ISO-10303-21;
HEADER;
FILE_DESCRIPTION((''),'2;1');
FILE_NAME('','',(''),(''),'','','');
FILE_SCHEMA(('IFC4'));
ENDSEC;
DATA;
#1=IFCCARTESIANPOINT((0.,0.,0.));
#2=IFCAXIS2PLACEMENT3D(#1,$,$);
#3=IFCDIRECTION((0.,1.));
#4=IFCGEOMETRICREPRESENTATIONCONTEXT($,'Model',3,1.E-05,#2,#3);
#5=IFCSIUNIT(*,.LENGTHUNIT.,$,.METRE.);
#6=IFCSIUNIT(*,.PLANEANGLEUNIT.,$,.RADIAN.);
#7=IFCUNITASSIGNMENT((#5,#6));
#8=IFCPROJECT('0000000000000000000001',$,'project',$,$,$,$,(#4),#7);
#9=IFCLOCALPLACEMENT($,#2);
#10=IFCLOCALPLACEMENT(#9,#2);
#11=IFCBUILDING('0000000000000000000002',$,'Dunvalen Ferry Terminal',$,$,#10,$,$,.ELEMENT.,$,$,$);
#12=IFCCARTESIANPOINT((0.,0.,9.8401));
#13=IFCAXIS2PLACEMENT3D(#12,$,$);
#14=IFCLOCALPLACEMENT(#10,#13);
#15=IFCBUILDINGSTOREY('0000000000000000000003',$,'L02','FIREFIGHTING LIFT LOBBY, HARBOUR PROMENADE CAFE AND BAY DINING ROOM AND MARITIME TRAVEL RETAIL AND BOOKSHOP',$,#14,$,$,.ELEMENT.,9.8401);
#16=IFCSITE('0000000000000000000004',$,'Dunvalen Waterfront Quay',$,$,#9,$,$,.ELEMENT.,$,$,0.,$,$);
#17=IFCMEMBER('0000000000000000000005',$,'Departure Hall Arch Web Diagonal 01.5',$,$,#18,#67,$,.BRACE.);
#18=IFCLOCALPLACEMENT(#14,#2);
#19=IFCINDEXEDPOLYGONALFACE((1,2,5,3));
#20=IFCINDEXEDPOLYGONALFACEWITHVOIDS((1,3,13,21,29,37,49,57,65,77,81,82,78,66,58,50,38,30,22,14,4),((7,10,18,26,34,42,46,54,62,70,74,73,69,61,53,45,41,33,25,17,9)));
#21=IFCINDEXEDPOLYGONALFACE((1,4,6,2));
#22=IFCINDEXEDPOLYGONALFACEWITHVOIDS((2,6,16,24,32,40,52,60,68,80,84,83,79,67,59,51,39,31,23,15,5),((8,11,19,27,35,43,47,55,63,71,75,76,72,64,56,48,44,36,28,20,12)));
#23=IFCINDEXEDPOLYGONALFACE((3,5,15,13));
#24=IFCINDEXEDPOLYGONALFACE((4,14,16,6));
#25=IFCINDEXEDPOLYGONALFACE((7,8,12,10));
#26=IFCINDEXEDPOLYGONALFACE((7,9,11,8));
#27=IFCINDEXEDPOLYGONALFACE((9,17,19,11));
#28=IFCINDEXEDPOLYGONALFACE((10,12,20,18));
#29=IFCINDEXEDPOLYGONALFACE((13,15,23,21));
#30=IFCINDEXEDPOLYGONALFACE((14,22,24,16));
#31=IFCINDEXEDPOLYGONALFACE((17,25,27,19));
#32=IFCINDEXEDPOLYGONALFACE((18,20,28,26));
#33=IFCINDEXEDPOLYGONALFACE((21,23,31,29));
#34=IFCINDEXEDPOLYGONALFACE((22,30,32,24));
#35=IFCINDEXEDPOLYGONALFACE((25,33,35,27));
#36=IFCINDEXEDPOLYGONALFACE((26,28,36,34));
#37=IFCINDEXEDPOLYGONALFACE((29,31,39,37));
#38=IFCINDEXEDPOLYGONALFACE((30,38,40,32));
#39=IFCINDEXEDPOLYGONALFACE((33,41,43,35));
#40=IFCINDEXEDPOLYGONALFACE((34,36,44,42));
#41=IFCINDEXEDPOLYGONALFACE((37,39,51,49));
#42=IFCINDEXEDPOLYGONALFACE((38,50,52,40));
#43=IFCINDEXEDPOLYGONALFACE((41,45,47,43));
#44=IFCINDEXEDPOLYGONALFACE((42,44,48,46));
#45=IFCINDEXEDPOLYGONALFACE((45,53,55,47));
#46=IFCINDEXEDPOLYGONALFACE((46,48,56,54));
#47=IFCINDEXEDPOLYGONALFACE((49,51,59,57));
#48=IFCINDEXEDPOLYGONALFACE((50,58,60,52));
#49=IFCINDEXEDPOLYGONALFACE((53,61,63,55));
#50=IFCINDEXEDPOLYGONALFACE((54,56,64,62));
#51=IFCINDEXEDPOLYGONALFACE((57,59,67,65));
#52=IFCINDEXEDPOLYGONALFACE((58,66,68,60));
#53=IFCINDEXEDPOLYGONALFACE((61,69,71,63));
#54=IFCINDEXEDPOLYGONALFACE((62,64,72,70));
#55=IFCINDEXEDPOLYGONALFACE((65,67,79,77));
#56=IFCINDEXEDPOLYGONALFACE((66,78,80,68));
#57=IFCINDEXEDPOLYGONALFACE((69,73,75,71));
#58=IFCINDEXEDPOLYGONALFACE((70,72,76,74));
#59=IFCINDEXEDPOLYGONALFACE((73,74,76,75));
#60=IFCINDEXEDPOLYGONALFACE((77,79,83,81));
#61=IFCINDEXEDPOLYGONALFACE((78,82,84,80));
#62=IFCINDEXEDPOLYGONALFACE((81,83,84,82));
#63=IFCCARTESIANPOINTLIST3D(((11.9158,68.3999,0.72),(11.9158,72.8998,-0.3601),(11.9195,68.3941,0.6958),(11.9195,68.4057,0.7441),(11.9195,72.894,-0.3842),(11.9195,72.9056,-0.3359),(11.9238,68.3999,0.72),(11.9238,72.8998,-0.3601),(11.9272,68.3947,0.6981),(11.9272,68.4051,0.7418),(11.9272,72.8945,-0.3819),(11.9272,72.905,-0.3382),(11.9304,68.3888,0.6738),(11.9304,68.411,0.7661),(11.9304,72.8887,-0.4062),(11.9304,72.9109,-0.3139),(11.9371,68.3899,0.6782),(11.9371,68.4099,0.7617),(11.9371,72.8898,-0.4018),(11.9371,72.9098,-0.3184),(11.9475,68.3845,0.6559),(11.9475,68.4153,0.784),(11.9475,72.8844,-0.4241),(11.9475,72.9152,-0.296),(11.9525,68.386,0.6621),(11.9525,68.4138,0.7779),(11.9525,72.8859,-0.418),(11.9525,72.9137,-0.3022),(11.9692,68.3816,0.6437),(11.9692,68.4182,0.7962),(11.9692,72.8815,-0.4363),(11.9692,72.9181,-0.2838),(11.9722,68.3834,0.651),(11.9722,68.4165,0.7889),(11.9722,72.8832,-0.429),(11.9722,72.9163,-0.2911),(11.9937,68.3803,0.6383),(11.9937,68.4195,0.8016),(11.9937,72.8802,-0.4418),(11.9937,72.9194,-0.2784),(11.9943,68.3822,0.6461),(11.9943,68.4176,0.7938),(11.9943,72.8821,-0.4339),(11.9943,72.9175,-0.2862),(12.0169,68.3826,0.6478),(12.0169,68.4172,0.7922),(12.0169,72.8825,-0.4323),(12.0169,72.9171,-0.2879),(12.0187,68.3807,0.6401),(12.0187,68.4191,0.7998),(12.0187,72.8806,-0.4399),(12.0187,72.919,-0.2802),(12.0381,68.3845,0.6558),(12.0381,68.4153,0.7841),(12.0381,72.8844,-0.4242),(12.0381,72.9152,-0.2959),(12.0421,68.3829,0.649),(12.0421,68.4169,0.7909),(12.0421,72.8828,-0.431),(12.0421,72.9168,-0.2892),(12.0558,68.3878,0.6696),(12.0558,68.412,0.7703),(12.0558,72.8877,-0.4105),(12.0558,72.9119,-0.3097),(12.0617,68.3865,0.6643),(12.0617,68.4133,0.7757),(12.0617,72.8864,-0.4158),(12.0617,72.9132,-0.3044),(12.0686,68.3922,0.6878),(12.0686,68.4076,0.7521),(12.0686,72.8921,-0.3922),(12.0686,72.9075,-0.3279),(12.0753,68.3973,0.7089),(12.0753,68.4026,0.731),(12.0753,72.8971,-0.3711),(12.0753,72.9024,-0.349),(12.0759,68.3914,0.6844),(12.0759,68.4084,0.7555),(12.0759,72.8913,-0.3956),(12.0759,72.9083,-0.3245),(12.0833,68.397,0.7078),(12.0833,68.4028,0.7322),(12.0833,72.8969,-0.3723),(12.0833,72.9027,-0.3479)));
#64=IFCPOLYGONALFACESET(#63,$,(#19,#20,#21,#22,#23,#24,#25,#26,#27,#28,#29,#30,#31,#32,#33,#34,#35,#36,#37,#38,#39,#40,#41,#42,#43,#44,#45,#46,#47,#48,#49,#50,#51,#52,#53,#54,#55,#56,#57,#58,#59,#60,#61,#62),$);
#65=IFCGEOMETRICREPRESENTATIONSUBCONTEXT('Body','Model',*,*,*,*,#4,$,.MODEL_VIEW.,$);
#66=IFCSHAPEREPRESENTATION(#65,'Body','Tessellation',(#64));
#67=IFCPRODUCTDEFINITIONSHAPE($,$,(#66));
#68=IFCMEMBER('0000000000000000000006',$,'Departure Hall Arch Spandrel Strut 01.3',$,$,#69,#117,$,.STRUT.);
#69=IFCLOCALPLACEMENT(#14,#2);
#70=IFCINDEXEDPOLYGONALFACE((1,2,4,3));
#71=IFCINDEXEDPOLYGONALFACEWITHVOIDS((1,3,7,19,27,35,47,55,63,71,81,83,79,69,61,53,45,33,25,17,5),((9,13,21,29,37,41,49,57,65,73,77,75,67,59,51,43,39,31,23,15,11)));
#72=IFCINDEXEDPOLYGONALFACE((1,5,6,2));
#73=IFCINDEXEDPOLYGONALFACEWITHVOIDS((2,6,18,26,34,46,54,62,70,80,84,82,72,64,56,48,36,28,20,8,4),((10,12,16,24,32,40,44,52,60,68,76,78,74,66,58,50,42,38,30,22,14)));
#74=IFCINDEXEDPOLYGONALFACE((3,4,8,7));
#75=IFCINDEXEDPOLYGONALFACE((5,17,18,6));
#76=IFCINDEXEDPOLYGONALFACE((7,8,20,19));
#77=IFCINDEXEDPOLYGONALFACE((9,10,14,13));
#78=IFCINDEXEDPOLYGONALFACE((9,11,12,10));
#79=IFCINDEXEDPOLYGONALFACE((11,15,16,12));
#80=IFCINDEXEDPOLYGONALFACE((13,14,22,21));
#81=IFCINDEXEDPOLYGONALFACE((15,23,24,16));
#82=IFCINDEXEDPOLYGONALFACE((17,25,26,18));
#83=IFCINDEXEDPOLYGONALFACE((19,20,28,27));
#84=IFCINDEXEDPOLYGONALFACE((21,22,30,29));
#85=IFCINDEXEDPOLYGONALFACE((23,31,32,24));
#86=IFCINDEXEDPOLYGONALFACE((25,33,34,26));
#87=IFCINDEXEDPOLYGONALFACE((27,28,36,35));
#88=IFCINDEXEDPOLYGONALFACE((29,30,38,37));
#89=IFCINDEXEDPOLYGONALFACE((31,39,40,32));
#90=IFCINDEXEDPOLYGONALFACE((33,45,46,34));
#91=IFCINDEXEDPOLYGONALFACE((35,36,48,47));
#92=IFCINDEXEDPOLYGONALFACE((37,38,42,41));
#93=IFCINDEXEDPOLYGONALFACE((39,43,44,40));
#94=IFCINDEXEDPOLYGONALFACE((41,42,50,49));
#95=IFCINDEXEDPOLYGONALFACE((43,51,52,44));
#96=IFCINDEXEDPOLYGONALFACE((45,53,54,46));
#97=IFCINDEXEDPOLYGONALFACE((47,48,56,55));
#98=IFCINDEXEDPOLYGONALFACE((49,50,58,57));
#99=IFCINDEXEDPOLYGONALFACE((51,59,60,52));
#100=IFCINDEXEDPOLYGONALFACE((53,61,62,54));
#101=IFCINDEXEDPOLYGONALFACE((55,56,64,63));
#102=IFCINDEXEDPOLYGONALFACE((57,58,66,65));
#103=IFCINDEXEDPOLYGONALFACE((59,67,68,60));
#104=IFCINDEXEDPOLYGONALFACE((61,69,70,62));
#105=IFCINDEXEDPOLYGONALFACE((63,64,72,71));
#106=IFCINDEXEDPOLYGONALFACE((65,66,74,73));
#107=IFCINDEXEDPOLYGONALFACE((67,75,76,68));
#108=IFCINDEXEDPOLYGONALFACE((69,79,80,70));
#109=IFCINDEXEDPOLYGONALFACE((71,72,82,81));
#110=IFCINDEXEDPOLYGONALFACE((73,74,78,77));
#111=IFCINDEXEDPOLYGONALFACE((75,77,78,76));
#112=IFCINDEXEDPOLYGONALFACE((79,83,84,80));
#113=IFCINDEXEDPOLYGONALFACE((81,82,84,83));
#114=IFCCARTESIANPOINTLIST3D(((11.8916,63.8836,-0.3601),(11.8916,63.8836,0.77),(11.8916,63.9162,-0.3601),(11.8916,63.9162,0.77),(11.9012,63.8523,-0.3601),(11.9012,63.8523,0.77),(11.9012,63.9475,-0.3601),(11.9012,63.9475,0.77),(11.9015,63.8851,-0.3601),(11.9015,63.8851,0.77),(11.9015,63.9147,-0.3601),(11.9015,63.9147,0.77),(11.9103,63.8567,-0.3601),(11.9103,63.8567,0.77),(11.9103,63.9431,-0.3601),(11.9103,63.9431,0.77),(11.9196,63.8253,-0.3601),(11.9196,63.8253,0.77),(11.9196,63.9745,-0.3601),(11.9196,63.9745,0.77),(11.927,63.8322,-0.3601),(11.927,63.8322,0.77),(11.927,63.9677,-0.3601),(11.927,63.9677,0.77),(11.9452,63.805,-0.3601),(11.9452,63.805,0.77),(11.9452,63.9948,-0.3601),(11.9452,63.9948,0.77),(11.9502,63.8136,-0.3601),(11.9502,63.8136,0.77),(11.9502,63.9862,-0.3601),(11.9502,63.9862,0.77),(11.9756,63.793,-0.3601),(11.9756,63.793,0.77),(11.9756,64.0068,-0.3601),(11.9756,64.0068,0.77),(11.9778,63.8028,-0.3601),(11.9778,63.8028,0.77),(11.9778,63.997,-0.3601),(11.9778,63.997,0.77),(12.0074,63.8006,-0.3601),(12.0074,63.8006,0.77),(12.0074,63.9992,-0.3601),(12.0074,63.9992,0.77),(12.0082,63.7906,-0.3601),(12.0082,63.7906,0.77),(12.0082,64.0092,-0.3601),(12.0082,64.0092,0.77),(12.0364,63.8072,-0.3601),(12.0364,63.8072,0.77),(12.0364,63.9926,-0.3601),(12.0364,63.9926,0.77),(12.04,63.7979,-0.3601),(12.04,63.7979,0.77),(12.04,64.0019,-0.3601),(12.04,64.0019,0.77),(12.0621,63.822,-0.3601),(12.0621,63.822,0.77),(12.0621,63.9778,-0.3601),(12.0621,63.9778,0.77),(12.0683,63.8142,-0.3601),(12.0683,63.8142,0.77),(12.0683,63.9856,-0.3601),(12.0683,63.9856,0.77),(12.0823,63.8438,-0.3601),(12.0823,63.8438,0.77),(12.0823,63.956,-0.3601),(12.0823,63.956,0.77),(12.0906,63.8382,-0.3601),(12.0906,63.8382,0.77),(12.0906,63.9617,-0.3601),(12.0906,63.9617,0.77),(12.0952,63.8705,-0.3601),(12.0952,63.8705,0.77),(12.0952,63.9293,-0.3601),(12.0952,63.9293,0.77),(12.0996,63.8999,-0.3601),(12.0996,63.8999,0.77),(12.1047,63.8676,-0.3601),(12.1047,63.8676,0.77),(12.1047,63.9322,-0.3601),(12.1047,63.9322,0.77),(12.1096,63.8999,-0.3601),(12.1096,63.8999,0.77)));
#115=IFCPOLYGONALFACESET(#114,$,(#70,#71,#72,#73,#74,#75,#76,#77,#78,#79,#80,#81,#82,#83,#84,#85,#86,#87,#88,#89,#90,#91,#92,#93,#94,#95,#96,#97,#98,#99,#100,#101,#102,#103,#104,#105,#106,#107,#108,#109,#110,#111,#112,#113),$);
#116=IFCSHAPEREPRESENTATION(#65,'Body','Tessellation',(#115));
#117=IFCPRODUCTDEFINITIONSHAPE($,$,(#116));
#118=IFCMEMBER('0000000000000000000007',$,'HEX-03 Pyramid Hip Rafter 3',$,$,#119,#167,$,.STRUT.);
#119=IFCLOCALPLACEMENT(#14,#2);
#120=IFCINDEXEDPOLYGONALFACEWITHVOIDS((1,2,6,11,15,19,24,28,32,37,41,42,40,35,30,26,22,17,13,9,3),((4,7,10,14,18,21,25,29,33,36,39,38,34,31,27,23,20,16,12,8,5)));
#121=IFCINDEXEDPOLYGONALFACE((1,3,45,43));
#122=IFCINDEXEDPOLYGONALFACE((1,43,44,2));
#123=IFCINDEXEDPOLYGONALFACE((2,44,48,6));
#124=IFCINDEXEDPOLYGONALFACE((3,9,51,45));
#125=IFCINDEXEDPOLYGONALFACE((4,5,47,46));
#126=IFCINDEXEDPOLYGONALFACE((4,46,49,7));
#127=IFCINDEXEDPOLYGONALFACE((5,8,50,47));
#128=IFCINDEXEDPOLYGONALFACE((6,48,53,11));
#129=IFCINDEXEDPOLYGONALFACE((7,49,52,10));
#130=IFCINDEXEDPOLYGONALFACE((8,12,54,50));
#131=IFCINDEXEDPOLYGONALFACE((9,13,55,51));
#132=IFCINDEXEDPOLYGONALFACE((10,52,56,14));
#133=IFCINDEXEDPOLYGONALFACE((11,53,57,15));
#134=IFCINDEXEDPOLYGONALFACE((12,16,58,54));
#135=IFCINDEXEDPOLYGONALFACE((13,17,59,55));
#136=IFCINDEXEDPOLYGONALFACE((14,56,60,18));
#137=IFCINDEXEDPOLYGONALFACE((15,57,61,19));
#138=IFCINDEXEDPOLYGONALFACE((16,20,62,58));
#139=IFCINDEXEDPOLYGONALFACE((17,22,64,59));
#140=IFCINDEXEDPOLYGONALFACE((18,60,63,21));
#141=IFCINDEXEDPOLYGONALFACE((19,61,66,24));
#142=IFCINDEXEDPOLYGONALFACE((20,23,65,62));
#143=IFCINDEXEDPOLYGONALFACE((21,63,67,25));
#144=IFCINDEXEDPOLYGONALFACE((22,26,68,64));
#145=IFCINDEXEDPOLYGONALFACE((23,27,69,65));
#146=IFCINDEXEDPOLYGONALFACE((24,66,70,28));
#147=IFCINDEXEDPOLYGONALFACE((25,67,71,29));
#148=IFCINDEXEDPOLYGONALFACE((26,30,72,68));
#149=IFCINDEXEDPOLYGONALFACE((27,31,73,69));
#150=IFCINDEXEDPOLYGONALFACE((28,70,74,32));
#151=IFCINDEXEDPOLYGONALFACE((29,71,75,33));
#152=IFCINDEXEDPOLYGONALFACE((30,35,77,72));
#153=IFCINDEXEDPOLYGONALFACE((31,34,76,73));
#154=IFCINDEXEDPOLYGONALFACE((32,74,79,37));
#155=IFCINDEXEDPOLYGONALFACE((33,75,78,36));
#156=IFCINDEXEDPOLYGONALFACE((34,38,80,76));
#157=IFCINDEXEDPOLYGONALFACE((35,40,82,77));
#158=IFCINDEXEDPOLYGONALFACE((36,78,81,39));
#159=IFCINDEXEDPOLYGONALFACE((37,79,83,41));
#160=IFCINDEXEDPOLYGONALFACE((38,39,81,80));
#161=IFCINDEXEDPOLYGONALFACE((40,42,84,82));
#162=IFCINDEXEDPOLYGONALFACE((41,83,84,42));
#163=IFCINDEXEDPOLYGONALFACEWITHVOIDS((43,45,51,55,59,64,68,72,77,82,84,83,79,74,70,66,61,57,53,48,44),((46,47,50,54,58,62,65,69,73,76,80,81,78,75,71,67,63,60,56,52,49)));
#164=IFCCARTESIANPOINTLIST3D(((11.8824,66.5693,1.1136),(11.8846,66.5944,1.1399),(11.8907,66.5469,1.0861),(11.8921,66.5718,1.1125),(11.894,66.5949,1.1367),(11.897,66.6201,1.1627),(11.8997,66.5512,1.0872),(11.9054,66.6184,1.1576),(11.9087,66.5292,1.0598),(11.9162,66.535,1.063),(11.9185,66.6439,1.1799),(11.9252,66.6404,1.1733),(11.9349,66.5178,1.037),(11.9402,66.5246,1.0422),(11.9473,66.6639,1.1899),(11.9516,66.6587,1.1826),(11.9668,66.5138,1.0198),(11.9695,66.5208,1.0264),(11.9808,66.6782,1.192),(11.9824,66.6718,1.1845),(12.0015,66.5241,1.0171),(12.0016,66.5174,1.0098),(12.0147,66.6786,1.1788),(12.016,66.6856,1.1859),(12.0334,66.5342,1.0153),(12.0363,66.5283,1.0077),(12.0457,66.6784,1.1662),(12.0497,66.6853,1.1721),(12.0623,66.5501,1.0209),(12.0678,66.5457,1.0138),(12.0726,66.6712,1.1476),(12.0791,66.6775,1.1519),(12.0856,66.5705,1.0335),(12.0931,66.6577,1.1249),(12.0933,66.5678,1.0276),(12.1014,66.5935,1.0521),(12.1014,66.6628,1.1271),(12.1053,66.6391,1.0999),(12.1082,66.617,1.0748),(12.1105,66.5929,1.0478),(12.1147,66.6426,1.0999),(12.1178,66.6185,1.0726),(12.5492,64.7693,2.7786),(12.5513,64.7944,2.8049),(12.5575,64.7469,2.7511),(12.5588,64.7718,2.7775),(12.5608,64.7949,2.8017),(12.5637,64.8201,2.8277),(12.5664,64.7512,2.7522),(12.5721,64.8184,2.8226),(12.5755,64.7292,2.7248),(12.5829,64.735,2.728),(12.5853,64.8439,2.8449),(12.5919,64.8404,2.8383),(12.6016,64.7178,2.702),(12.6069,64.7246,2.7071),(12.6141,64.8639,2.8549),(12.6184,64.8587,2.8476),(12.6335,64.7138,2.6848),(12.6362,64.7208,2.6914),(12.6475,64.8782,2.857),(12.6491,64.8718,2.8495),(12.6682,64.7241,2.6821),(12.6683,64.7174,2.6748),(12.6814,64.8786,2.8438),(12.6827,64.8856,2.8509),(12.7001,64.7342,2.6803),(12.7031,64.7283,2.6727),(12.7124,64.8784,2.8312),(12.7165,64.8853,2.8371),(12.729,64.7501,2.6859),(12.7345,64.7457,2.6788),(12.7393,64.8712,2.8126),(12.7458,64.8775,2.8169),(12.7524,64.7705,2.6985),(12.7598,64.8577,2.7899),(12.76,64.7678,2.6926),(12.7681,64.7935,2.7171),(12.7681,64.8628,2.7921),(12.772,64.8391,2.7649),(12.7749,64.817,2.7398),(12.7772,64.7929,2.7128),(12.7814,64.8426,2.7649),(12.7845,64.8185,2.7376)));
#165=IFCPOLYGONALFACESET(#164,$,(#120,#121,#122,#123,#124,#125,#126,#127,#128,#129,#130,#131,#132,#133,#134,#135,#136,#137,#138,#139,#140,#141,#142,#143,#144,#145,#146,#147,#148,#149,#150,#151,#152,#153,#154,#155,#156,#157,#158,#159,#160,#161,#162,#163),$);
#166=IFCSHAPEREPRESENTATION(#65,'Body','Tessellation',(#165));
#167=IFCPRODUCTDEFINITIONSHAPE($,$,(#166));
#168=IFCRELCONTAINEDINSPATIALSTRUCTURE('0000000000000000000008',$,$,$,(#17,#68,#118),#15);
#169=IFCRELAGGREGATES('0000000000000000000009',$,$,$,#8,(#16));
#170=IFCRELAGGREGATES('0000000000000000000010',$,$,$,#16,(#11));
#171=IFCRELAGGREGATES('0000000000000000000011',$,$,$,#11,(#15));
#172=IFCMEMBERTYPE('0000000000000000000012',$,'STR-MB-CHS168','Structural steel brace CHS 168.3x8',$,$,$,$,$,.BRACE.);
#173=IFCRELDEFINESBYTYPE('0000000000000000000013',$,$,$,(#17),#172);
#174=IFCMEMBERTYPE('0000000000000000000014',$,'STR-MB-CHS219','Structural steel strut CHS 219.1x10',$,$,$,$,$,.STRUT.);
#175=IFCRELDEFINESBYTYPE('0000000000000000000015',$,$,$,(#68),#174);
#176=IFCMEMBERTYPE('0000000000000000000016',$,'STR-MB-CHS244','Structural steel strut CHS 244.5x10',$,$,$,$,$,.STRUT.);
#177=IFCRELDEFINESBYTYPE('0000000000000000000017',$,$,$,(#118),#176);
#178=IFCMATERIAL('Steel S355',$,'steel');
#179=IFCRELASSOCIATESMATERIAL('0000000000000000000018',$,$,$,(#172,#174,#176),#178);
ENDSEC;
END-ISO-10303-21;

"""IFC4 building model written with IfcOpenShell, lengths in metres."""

from ifc_helpers import new_model, si_unit, direction, frame, origin, origin_2d, place, context, subcontext, project, spatial, hollow_circle, extrude, material, material_profile, profile_set, type_object, element, save


model = new_model("IFC4")

# Units and contexts
model_context = context("Model", 3, precision=1e-05, world=origin(), true_north=direction((0.0, 1.0)))
body_context = subcontext(model_context, "Body", "Model", "MODEL_VIEW")
ifc_project = project(units=[si_unit("LENGTHUNIT", "METRE"), si_unit("PLANEANGLEUNIT", "RADIAN")], contexts=[model_context])

# Site, building, storey
site_placement = place(None, origin())
site = spatial("IfcSite", under=ifc_project, at=site_placement, Name="Dunvalen Waterfront Quay", CompositionType="ELEMENT", RefElevation=0.0)
building_placement = place(site_placement, origin())
building = spatial("IfcBuilding", under=site, at=building_placement, Name="Dunvalen Ferry Terminal", CompositionType="ELEMENT")
storey_placement = place(building_placement, frame((0.0, 0.0, 9.8401)))
storey = spatial("IfcBuildingStorey", under=building, at=storey_placement, Name="L02", Description="FIREFIGHTING LIFT LOBBY, HARBOUR PROMENADE CAFE AND BAY DINING ROOM AND MARITIME TRAVEL RETAIL AND BOOKSHOP", CompositionType="ELEMENT", Elevation=9.8401)

# Shared definitions
ifc_material_1 = material(Name="Steel S355", Category="steel")

# Members
ifc_material_profile_1 = material_profile(ifc_material_1, hollow_circle(Radius=0.0842, WallThickness=0.0081, at=origin_2d()), Name="Steel S355")
ifc_profile_set_1 = profile_set([ifc_material_profile_1], Name="Steel S355")
member_type_1 = type_object("IfcMemberType", Name="STR-MB-CHS168", Description="Structural steel brace CHS 168.3x8", PredefinedType="BRACE", material=ifc_profile_set_1)
member_1_placement = place(storey_placement, frame((12.0, 68.3999, 0.72), z_axis=(0.0, 0.972383, -0.233389), x_axis=(-1.0, 0.0, 0.0)))
element("IfcMember", 1, at=member_1_placement, inside=storey, type_object=member_type_1, Name="Departure Hall Arch Web Diagonal 01.5", PredefinedType="BRACE", context=body_context, shape_type="SweptSolid", body=[
    extrude(hollow_circle(Radius=0.0842, WallThickness=0.0081, at=origin_2d()), origin(), (0.0, 0.0, 1.0), 4.6277),
])
ifc_material_profile_2 = material_profile(ifc_material_1, hollow_circle(Radius=0.1096, WallThickness=0.01, at=origin_2d()), Name="Steel S355")
ifc_profile_set_2 = profile_set([ifc_material_profile_2], Name="Steel S355")
member_type_2 = type_object("IfcMemberType", Name="STR-MB-CHS219", Description="Structural steel strut CHS 219.1x10", PredefinedType="STRUT", material=ifc_profile_set_2)
member_2_placement = place(storey_placement, frame((12.0, 63.8999, -0.3601), z_axis=(0.0, 0.0, 1.0), x_axis=(1.0, 0.0, 0.0)))
element("IfcMember", 2, at=member_2_placement, inside=storey, type_object=member_type_2, Name="Departure Hall Arch Spandrel Strut 01.3", PredefinedType="STRUT", context=body_context, shape_type="SweptSolid", body=[
    extrude(hollow_circle(Radius=0.1096, WallThickness=0.01, at=origin_2d()), origin(), (0.0, 0.0, 1.0), 1.1301),
])
ifc_material_profile_3 = material_profile(ifc_material_1, hollow_circle(Radius=0.1223, WallThickness=0.01, at=origin_2d()), Name="Steel S355")
ifc_profile_set_3 = profile_set([ifc_material_profile_3], Name="Steel S355")
member_type_3 = type_object("IfcMemberType", Name="STR-MB-CHS244", Description="Structural steel strut CHS 244.5x10", PredefinedType="STRUT", material=ifc_profile_set_3)
member_3_placement = place(storey_placement, frame((12.0, 66.6001, 1.0999), z_axis=(0.262388, -0.70838, 0.655249), x_axis=(0.937738, 0.347343, 0.0)))
element("IfcMember", 3, at=member_3_placement, inside=storey, type_object=member_type_3, Name="HEX-03 Pyramid Hip Rafter 3", PredefinedType="STRUT", context=body_context, shape_type="SweptSolid", body=[
    extrude(hollow_circle(Radius=0.1223, WallThickness=0.01, at=origin_2d()), origin(), (0.0, 0.0, 1.0), 2.541),
])

save(model, "model.ifc")
